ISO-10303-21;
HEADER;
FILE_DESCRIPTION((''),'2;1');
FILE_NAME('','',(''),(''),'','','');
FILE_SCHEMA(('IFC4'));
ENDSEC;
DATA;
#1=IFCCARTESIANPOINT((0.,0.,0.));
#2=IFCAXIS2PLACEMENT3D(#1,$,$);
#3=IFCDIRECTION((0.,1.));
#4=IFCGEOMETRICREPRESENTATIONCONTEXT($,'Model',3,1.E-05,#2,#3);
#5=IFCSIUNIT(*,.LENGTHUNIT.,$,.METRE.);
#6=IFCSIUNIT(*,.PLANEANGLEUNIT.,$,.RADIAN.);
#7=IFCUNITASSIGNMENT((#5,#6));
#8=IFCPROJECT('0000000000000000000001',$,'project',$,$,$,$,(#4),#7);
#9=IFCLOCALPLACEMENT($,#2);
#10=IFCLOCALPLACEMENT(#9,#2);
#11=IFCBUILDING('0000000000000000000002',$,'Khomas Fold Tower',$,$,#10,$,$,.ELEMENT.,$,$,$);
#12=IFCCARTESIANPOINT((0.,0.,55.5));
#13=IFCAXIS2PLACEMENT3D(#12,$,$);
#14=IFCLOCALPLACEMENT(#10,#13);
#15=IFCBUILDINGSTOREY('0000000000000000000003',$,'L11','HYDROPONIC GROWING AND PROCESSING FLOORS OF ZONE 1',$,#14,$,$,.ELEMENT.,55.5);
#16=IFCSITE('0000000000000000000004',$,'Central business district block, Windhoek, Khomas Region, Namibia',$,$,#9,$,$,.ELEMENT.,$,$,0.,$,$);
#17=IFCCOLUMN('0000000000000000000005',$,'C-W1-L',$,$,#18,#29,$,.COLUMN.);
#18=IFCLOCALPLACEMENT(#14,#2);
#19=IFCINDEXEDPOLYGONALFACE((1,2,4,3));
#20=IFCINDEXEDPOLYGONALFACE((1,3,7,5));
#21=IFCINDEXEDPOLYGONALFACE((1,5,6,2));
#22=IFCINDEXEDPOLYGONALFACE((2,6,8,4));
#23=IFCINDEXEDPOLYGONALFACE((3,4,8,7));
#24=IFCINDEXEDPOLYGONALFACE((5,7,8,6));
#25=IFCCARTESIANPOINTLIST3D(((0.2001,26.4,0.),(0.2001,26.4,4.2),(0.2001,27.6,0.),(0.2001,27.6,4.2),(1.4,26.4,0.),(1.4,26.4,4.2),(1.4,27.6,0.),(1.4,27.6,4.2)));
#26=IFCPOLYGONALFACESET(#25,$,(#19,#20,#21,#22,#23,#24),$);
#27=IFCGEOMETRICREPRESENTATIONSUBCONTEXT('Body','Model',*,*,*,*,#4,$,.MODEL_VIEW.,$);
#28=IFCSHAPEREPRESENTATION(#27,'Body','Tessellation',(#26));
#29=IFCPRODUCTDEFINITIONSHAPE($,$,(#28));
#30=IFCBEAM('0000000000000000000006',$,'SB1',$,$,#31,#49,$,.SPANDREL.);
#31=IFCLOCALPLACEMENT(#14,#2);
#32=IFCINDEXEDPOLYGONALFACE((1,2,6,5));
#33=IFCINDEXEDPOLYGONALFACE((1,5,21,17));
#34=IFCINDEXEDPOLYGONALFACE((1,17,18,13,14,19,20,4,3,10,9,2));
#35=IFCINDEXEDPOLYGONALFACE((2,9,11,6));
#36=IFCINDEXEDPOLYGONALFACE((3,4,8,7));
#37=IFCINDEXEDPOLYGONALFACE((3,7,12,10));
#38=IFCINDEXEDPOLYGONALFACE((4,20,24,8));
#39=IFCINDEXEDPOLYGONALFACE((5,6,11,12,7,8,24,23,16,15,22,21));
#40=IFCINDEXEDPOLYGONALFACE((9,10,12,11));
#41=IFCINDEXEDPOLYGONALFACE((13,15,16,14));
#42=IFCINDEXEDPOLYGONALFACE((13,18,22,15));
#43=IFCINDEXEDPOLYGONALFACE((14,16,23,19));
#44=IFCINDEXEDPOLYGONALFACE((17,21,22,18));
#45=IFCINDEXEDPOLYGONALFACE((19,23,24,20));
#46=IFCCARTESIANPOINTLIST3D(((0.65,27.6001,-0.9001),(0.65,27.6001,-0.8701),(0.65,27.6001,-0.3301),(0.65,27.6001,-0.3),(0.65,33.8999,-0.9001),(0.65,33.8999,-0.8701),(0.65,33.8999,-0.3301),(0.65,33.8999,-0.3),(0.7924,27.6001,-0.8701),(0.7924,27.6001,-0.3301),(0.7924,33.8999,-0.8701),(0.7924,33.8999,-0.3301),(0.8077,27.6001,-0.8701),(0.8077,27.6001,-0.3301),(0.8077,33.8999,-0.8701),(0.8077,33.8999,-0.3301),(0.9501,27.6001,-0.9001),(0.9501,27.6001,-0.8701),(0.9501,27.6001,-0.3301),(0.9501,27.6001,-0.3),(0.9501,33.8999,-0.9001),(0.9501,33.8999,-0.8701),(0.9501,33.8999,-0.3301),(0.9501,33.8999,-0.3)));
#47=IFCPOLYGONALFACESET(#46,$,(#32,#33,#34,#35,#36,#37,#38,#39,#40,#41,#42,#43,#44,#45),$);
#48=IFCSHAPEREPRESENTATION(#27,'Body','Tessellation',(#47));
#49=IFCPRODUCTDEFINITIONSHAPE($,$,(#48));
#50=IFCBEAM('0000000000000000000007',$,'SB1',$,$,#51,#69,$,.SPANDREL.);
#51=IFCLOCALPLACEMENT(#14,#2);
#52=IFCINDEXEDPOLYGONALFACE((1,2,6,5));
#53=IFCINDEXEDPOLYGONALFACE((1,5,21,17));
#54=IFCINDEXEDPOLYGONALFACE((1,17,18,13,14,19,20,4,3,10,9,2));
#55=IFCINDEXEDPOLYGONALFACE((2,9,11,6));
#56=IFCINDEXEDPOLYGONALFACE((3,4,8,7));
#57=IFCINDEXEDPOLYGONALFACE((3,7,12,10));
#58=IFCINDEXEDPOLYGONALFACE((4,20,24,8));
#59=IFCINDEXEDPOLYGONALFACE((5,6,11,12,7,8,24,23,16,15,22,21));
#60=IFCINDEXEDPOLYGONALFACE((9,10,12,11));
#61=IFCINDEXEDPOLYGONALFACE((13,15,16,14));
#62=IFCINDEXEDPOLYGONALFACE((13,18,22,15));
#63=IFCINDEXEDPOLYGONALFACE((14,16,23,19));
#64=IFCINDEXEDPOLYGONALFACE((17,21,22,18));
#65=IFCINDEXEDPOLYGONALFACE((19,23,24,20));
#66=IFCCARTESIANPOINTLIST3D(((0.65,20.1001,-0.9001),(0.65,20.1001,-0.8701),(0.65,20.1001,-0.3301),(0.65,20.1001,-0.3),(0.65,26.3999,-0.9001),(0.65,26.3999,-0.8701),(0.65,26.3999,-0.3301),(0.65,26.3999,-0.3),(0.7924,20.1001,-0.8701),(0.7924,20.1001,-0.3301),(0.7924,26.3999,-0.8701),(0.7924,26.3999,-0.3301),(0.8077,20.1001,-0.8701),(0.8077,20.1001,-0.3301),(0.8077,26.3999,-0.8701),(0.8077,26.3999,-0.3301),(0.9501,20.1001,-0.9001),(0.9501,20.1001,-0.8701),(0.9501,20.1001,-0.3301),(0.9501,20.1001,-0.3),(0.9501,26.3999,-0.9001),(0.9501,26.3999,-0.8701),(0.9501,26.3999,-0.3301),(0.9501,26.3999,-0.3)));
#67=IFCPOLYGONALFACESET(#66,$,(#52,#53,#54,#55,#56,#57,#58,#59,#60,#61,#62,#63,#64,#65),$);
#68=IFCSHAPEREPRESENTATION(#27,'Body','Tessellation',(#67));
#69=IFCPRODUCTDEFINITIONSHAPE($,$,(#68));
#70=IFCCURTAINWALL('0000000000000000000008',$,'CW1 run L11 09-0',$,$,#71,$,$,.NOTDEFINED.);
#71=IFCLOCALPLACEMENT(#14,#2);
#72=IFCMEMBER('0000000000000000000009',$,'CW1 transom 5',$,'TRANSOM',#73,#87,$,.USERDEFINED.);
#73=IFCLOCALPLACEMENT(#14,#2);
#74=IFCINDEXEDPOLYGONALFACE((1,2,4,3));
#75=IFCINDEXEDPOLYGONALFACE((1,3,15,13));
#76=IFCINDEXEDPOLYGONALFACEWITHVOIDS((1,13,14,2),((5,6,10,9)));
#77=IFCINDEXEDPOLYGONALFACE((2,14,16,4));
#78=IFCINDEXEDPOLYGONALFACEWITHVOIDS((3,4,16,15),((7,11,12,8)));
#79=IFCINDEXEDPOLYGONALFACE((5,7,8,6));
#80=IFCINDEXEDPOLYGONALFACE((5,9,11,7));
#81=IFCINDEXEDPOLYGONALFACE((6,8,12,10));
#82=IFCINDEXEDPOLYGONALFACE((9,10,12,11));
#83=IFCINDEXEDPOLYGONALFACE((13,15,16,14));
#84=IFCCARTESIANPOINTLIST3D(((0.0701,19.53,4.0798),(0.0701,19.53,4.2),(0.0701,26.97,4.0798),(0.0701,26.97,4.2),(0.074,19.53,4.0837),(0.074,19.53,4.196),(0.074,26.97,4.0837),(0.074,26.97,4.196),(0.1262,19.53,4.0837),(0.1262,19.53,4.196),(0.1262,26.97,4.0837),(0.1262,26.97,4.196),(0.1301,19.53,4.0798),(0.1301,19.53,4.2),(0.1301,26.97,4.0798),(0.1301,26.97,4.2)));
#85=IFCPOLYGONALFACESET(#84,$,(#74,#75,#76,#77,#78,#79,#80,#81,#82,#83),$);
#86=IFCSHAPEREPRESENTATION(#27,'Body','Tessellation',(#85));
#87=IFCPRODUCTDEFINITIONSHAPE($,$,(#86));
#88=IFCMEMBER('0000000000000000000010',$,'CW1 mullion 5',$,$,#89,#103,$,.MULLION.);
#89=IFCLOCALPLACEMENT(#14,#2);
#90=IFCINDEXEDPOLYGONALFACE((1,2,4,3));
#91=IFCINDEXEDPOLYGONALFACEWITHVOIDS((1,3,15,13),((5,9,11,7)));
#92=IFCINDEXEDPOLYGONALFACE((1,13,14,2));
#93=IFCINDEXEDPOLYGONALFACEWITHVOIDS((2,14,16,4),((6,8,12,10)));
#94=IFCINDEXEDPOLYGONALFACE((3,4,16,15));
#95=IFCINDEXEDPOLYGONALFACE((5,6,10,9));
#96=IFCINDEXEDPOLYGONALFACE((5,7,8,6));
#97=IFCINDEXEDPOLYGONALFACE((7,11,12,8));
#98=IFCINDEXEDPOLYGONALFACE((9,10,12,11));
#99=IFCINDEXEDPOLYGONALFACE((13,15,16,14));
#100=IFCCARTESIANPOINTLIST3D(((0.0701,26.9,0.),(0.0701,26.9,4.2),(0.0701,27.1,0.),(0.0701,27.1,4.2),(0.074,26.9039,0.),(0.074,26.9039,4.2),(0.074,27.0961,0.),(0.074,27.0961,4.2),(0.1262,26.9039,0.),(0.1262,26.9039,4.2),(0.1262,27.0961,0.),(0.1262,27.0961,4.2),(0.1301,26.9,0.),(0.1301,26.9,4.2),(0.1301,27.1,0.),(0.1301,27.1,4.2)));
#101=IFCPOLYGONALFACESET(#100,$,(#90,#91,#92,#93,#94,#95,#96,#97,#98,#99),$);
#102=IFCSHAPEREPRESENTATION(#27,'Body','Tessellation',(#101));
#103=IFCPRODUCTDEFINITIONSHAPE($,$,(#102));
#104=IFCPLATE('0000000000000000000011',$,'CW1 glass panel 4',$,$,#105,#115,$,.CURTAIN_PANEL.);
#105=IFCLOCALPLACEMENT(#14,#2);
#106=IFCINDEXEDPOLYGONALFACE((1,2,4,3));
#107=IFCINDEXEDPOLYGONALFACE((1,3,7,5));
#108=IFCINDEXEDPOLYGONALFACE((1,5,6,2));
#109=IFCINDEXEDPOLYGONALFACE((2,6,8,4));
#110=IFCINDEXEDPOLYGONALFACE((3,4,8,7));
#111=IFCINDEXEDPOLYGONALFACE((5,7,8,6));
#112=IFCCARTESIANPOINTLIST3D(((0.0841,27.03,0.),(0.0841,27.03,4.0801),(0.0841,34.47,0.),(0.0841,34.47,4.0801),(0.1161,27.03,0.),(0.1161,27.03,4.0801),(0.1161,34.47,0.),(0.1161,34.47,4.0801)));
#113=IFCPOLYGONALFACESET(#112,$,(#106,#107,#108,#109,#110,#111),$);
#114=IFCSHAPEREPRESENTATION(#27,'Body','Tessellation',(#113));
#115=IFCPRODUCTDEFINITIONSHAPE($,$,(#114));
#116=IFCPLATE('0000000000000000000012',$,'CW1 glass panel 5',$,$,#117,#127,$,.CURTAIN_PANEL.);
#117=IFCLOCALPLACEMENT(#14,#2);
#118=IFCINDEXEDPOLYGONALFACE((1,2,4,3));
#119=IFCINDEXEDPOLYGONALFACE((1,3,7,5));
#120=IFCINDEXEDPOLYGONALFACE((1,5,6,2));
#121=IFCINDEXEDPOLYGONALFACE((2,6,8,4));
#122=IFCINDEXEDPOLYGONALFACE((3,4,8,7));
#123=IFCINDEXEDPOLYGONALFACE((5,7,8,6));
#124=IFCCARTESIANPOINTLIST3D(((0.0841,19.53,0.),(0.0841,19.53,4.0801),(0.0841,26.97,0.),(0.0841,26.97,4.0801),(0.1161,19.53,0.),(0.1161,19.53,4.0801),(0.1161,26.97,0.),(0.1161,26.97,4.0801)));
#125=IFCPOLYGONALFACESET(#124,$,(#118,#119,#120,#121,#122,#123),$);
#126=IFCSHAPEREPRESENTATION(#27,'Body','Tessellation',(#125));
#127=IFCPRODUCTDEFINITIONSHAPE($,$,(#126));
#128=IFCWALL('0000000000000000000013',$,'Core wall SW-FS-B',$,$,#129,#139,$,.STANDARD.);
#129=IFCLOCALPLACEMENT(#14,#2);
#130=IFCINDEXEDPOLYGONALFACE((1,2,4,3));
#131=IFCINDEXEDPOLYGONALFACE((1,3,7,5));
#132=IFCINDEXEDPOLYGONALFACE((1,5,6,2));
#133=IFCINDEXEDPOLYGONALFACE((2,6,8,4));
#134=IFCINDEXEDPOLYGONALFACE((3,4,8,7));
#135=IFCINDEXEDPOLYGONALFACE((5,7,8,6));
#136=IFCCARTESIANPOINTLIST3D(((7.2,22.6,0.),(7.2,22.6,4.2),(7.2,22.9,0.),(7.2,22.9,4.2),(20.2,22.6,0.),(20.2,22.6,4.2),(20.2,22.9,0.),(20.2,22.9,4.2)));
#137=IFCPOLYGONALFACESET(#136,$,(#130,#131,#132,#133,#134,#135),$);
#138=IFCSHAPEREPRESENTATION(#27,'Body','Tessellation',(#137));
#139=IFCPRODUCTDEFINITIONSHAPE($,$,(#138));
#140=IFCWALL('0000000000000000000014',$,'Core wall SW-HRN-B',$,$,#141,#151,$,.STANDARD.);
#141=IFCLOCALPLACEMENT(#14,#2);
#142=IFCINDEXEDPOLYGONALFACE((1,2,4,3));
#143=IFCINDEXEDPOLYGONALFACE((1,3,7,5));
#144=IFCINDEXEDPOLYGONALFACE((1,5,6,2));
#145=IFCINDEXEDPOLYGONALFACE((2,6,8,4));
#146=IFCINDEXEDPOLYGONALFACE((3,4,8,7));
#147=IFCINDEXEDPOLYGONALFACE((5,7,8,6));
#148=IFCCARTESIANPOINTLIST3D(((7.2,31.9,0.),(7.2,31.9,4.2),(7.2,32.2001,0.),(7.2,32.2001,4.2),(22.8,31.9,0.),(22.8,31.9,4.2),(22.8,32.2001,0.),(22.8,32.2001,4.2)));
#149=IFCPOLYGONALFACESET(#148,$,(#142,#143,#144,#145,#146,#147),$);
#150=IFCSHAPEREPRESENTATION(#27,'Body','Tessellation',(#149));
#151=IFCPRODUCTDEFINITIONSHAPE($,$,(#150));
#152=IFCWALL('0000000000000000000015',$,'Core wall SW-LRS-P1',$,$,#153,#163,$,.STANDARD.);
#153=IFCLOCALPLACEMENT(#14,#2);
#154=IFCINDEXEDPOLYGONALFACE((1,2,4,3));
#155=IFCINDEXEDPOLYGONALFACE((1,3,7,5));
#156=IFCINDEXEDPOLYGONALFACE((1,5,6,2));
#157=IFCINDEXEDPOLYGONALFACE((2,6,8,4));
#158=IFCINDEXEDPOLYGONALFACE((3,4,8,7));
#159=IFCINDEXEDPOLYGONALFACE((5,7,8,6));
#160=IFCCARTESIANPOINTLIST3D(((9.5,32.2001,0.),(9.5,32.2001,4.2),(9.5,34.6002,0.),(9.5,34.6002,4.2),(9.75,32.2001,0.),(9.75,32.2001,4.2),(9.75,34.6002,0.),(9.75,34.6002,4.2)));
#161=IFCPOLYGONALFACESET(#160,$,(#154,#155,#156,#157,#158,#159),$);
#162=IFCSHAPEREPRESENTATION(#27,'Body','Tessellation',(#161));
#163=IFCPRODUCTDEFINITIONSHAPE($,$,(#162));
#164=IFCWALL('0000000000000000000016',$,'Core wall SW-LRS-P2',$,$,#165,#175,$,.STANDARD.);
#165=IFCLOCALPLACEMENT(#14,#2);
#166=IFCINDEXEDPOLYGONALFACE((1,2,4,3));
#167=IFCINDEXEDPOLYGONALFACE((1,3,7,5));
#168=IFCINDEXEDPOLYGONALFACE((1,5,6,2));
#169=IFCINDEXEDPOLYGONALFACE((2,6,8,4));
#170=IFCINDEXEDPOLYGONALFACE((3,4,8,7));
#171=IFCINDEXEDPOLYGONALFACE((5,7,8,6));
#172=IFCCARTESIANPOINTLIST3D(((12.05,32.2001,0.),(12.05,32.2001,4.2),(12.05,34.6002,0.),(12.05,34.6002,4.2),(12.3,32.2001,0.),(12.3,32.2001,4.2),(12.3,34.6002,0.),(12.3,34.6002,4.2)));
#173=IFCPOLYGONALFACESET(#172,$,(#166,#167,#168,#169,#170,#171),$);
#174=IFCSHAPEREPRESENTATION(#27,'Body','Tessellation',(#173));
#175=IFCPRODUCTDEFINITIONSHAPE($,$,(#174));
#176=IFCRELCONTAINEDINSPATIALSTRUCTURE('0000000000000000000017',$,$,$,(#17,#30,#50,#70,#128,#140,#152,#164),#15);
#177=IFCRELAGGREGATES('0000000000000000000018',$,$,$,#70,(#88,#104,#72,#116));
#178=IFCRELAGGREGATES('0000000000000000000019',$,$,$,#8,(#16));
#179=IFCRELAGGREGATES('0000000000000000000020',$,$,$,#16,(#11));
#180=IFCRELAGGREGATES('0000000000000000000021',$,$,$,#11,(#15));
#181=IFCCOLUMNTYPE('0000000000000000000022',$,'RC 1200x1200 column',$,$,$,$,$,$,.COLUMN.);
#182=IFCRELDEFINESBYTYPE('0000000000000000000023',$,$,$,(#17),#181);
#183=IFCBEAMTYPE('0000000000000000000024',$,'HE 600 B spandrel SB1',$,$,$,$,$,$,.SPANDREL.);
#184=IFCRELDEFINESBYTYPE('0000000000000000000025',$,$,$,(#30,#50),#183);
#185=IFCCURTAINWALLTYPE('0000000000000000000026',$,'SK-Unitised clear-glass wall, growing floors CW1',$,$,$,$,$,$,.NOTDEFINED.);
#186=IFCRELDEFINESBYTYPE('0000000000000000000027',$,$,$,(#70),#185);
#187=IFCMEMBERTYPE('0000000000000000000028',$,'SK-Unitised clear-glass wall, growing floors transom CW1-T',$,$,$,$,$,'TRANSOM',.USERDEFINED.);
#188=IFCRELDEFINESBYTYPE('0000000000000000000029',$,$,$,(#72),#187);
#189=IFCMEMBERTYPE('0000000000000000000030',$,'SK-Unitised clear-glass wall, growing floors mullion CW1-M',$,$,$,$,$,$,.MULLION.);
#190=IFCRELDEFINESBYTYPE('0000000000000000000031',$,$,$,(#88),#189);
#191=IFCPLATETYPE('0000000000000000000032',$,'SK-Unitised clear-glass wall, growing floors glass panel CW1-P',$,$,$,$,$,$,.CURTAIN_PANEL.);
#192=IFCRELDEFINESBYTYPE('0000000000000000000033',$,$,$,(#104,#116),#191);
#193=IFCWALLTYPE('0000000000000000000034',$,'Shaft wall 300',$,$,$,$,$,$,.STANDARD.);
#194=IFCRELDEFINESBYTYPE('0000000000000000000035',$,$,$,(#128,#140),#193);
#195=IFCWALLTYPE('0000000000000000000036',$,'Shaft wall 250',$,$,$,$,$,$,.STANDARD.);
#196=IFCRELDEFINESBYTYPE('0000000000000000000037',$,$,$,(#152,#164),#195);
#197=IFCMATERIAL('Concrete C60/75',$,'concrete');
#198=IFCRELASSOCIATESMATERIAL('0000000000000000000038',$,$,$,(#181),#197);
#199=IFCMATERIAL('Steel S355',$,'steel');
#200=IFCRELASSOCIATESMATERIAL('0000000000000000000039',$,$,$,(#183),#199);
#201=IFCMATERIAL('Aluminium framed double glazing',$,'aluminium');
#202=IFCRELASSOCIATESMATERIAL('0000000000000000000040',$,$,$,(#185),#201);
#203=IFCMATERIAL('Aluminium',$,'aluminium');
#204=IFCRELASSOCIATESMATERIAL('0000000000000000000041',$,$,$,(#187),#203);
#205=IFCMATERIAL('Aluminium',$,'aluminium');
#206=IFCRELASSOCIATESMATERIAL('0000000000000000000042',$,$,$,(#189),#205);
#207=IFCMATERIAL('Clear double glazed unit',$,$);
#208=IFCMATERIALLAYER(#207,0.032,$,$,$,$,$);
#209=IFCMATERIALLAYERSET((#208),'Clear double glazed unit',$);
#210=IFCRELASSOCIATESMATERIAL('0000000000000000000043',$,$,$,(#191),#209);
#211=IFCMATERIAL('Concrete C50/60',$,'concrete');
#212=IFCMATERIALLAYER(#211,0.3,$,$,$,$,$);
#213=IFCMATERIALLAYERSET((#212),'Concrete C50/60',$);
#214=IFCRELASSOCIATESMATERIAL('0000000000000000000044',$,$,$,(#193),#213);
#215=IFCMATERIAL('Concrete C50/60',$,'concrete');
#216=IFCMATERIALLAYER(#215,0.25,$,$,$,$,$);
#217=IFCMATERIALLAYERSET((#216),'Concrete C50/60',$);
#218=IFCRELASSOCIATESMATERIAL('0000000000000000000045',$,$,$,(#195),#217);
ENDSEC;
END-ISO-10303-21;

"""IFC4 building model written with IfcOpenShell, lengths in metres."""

from ifc_helpers import new_model, si_unit, direction, frame, frame_2d, origin, origin_2d, place, context, subcontext, project, spatial, rectangle, hollow_rectangle, i_section, extrude, source, transform, mapped, material, layer, layer_set, material_profile, profile_set, type_object, element, aggregate, save


model = new_model("IFC4")

# Units and contexts
model_context = context("Model", 3, precision=1e-05, world=origin(), true_north=direction((0.0, 1.0)))
body_context = subcontext(model_context, "Body", "Model", "MODEL_VIEW")
ifc_project = project(units=[si_unit("LENGTHUNIT", "METRE"), si_unit("PLANEANGLEUNIT", "RADIAN")], contexts=[model_context])

# Site, building, storey
site_placement = place(None, origin())
site = spatial("IfcSite", under=ifc_project, at=site_placement, Name="Central business district block, Windhoek, Khomas Region, Namibia", CompositionType="ELEMENT", RefElevation=0.0)
building_placement = place(site_placement, origin())
building = spatial("IfcBuilding", under=site, at=building_placement, Name="Khomas Fold Tower", CompositionType="ELEMENT")
storey_placement = place(building_placement, frame((0.0, 0.0, 55.5)))
storey = spatial("IfcBuildingStorey", under=building, at=storey_placement, Name="L11", Description="HYDROPONIC GROWING AND PROCESSING FLOORS OF ZONE 1", CompositionType="ELEMENT", Elevation=55.5)

# Column
ifc_material_1 = material(Name="Concrete C60/75", Category="concrete")
ifc_material_profile_1 = material_profile(ifc_material_1, rectangle(XDim=1.2, YDim=1.2, at=origin_2d()), Name="RC 1200x1200")
ifc_profile_set_1 = profile_set([ifc_material_profile_1], Name="Concrete C60/75")
column_type = type_object("IfcColumnType", Name="RC 1200x1200 column", PredefinedType="COLUMN", material=ifc_profile_set_1)
shared_shape_1 = source(origin(), body_context, "Body", "SweptSolid", [
    extrude(rectangle(XDim=1.2, YDim=1.2, at=origin_2d()), origin(), (0.0, 0.0, 1.0), 4.2),
])
column_placement = place(storey_placement, frame((0.8, 27.0, 0.0), z_axis=(0.0, 0.0, 1.0), x_axis=(1.0, 0.0, 0.0)))
element("IfcColumn", 1, at=column_placement, inside=storey, type_object=column_type, Name="C-W1-L", PredefinedType="COLUMN", context=body_context, shape_type="MappedRepresentation", body=[
    mapped(shared_shape_1, transform((0.0, 0.0, 0.0))),
])

# Beams
ifc_material_2 = material(Name="Steel S355", Category="steel")
ifc_material_profile_2 = material_profile(ifc_material_2, i_section(OverallWidth=0.3, OverallDepth=0.6001, WebThickness=0.0154, FlangeThickness=0.03, at=origin_2d()), Name="HE 600 B")
ifc_profile_set_2 = profile_set([ifc_material_profile_2], Name="Steel S355")
beam_type = type_object("IfcBeamType", Name="HE 600 B spandrel SB1", PredefinedType="SPANDREL", material=ifc_profile_set_2)
shared_shape_2 = source(origin(), body_context, "Body", "SweptSolid", [
    extrude(i_section(OverallWidth=0.3, OverallDepth=0.6001, WebThickness=0.0154, FlangeThickness=0.03, at=origin_2d()), origin(), (0.0, 0.0, 1.0), 6.2998),
])
for number, where, z_axis, x_axis, name in (
    (2, (0.8, 27.6001, -0.6001), (0.0, 1.0, 0.0), (-1.0, 0.0, 0.0), "SB1"),
    (3, (0.8, 20.1001, -0.6001), (0.0, 1.0, 0.0), (-1.0, 0.0, 0.0), "SB1"),
):
    element("IfcBeam", number, at=place(storey_placement, frame(where, z_axis=z_axis, x_axis=x_axis)), inside=storey, type_object=beam_type, Name=name, PredefinedType="SPANDREL", context=body_context, shape_type="MappedRepresentation", body=[
        mapped(shared_shape_2, transform((0.0, 0.0, 0.0))),
    ])

# Curtain wall, members, plates
ifc_material_3 = material(Name="Aluminium framed double glazing", Category="aluminium")
curtain_wall_type = type_object("IfcCurtainWallType", Name="SK-Unitised clear-glass wall, growing floors CW1", PredefinedType="NOTDEFINED", material=ifc_material_3)
curtain_wall_placement = place(storey_placement, origin())
curtain_wall = element("IfcCurtainWall", 4, at=curtain_wall_placement, inside=storey, type_object=curtain_wall_type, Name="CW1 run L11 09-0", PredefinedType="NOTDEFINED")
ifc_material_4 = material(Name="Aluminium", Category="aluminium")
ifc_material_profile_3 = material_profile(ifc_material_4, hollow_rectangle(XDim=0.0601, YDim=0.1201, WallThickness=0.0039, at=origin_2d()), Name="SK-Unitised clear-glass wall, growing floors transom CW1-T")
ifc_profile_set_3 = profile_set([ifc_material_profile_3], Name="Aluminium")
member_type_1 = type_object("IfcMemberType", Name="SK-Unitised clear-glass wall, growing floors transom CW1-T", ElementType="TRANSOM", PredefinedType="USERDEFINED", material=ifc_profile_set_3)
shared_shape_3 = source(origin(), body_context, "Body", "SweptSolid", [
    extrude(hollow_rectangle(XDim=0.0601, YDim=0.1201, WallThickness=0.0039, at=origin_2d()), origin(), (0.0, 0.0, 1.0), 7.4399),
])
member_1_placement = place(storey_placement, frame((0.1001, 26.97, 4.1399), z_axis=(0.0, -1.0, 0.0), x_axis=(1.0, 0.0, 0.0)))
member_1 = element("IfcMember", 5, at=member_1_placement, type_object=member_type_1, Name="CW1 transom 5", ObjectType="TRANSOM", PredefinedType="USERDEFINED", context=body_context, shape_type="MappedRepresentation", body=[
    mapped(shared_shape_3, transform((0.0, 0.0, 0.0))),
])
ifc_material_5 = material(Name="Aluminium", Category="aluminium")
ifc_material_profile_4 = material_profile(ifc_material_5, hollow_rectangle(XDim=0.0601, YDim=0.2, WallThickness=0.0039, at=origin_2d()), Name="SK-Unitised clear-glass wall, growing floors mullion CW1-M")
ifc_profile_set_4 = profile_set([ifc_material_profile_4], Name="Aluminium")
member_type_2 = type_object("IfcMemberType", Name="SK-Unitised clear-glass wall, growing floors mullion CW1-M", PredefinedType="MULLION", material=ifc_profile_set_4)
shared_shape_4 = source(origin(), body_context, "Body", "SweptSolid", [
    extrude(hollow_rectangle(XDim=0.0601, YDim=0.2, WallThickness=0.0039, at=origin_2d()), origin(), (0.0, 0.0, 1.0), 4.2),
])
member_2_placement = place(storey_placement, frame((0.1001, 27.0, 0.0), z_axis=(0.0, 0.0, 1.0), x_axis=(1.0, 0.0, 0.0)))
member_2 = element("IfcMember", 6, at=member_2_placement, type_object=member_type_2, Name="CW1 mullion 5", PredefinedType="MULLION", context=body_context, shape_type="MappedRepresentation", body=[
    mapped(shared_shape_4, transform((0.0, 0.0, 0.0))),
])
ifc_material_6 = material(Name="Clear double glazed unit")
ifc_layer_1 = layer(ifc_material_6, 0.032)
ifc_layer_set_1 = layer_set([ifc_layer_1], Name="Clear double glazed unit")
plate_type = type_object("IfcPlateType", Name="SK-Unitised clear-glass wall, growing floors glass panel CW1-P", PredefinedType="CURTAIN_PANEL", material=ifc_layer_set_1)
shared_shape_5 = source(origin(), body_context, "Body", "SweptSolid", [
    extrude(rectangle(XDim=7.4399, YDim=0.032, at=origin_2d()), origin(), (0.0, 0.0, 1.0), 4.0801),
])
plate_1_placement = place(storey_placement, frame((0.1001, 30.75, 0.0), z_axis=(0.0, 0.0, 1.0), x_axis=(0.0, -1.0, 0.0)))
plate_1 = element("IfcPlate", 7, at=plate_1_placement, type_object=plate_type, Name="CW1 glass panel 4", PredefinedType="CURTAIN_PANEL", context=body_context, shape_type="MappedRepresentation", body=[
    mapped(shared_shape_5, transform((0.0, 0.0, 0.0))),
])
plate_2_placement = place(storey_placement, frame((0.1001, 23.25, 0.0), z_axis=(0.0, 0.0, 1.0), x_axis=(0.0, -1.0, 0.0)))
plate_2 = element("IfcPlate", 8, at=plate_2_placement, type_object=plate_type, Name="CW1 glass panel 5", PredefinedType="CURTAIN_PANEL", context=body_context, shape_type="MappedRepresentation", body=[
    mapped(shared_shape_5, transform((0.0, 0.0, 0.0))),
])
aggregate(curtain_wall, [member_2, plate_1, member_1, plate_2])

# Walls
ifc_material_7 = material(Name="Concrete C50/60", Category="concrete")
ifc_layer_2 = layer(ifc_material_7, 0.3)
ifc_layer_set_2 = layer_set([ifc_layer_2], Name="Concrete C50/60")
wall_type_1 = type_object("IfcWallType", Name="Shaft wall 300", PredefinedType="STANDARD", material=ifc_layer_set_2)
shared_shape_6 = source(origin(), body_context, "Body", "SweptSolid", [
    extrude(rectangle(XDim=13.0, YDim=0.3, at=frame_2d((6.5, 0.0))), origin(), (0.0, 0.0, 1.0), 4.2),
])
wall_1_placement = place(storey_placement, frame((7.2, 22.75, 0.0), z_axis=(0.0, 0.0, 1.0), x_axis=(1.0, 0.0, 0.0)))
element("IfcWall", 9, at=wall_1_placement, inside=storey, type_object=wall_type_1, Name="Core wall SW-FS-B", PredefinedType="STANDARD", context=body_context, shape_type="MappedRepresentation", body=[
    mapped(shared_shape_6, transform((0.0, 0.0, 0.0))),
])
shared_shape_7 = source(origin(), body_context, "Body", "SweptSolid", [
    extrude(rectangle(XDim=15.6001, YDim=0.3, at=frame_2d((7.8, 0.0))), origin(), (0.0, 0.0, 1.0), 4.2),
])
wall_2_placement = place(storey_placement, frame((7.2, 32.05, 0.0), z_axis=(0.0, 0.0, 1.0), x_axis=(1.0, 0.0, 0.0)))
element("IfcWall", 10, at=wall_2_placement, inside=storey, type_object=wall_type_1, Name="Core wall SW-HRN-B", PredefinedType="STANDARD", context=body_context, shape_type="MappedRepresentation", body=[
    mapped(shared_shape_7, transform((0.0, 0.0, 0.0))),
])
ifc_material_8 = material(Name="Concrete C50/60", Category="concrete")
ifc_layer_3 = layer(ifc_material_8, 0.25)
ifc_layer_set_3 = layer_set([ifc_layer_3], Name="Concrete C50/60")
wall_type_2 = type_object("IfcWallType", Name="Shaft wall 250", PredefinedType="STANDARD", material=ifc_layer_set_3)
shared_shape_8 = source(origin(), body_context, "Body", "SweptSolid", [
    extrude(rectangle(XDim=2.4001, YDim=0.25, at=frame_2d((1.2002, 0.0))), origin(), (0.0, 0.0, 1.0), 4.2),
])
for number, where, z_axis, x_axis, name in (
    (11, (9.625, 32.2, 0.0), (0.0, 0.0, 1.0), (0.0, 1.0, 0.0), "Core wall SW-LRS-P1"),
    (12, (12.175, 32.2, 0.0), (0.0, 0.0, 1.0), (0.0, 1.0, 0.0), "Core wall SW-LRS-P2"),
):
    element("IfcWall", number, at=place(storey_placement, frame(where, z_axis=z_axis, x_axis=x_axis)), inside=storey, type_object=wall_type_2, Name=name, PredefinedType="STANDARD", context=body_context, shape_type="MappedRepresentation", body=[
        mapped(shared_shape_8, transform((0.0, 0.0, 0.0))),
    ])

save(model, "model.ifc")
